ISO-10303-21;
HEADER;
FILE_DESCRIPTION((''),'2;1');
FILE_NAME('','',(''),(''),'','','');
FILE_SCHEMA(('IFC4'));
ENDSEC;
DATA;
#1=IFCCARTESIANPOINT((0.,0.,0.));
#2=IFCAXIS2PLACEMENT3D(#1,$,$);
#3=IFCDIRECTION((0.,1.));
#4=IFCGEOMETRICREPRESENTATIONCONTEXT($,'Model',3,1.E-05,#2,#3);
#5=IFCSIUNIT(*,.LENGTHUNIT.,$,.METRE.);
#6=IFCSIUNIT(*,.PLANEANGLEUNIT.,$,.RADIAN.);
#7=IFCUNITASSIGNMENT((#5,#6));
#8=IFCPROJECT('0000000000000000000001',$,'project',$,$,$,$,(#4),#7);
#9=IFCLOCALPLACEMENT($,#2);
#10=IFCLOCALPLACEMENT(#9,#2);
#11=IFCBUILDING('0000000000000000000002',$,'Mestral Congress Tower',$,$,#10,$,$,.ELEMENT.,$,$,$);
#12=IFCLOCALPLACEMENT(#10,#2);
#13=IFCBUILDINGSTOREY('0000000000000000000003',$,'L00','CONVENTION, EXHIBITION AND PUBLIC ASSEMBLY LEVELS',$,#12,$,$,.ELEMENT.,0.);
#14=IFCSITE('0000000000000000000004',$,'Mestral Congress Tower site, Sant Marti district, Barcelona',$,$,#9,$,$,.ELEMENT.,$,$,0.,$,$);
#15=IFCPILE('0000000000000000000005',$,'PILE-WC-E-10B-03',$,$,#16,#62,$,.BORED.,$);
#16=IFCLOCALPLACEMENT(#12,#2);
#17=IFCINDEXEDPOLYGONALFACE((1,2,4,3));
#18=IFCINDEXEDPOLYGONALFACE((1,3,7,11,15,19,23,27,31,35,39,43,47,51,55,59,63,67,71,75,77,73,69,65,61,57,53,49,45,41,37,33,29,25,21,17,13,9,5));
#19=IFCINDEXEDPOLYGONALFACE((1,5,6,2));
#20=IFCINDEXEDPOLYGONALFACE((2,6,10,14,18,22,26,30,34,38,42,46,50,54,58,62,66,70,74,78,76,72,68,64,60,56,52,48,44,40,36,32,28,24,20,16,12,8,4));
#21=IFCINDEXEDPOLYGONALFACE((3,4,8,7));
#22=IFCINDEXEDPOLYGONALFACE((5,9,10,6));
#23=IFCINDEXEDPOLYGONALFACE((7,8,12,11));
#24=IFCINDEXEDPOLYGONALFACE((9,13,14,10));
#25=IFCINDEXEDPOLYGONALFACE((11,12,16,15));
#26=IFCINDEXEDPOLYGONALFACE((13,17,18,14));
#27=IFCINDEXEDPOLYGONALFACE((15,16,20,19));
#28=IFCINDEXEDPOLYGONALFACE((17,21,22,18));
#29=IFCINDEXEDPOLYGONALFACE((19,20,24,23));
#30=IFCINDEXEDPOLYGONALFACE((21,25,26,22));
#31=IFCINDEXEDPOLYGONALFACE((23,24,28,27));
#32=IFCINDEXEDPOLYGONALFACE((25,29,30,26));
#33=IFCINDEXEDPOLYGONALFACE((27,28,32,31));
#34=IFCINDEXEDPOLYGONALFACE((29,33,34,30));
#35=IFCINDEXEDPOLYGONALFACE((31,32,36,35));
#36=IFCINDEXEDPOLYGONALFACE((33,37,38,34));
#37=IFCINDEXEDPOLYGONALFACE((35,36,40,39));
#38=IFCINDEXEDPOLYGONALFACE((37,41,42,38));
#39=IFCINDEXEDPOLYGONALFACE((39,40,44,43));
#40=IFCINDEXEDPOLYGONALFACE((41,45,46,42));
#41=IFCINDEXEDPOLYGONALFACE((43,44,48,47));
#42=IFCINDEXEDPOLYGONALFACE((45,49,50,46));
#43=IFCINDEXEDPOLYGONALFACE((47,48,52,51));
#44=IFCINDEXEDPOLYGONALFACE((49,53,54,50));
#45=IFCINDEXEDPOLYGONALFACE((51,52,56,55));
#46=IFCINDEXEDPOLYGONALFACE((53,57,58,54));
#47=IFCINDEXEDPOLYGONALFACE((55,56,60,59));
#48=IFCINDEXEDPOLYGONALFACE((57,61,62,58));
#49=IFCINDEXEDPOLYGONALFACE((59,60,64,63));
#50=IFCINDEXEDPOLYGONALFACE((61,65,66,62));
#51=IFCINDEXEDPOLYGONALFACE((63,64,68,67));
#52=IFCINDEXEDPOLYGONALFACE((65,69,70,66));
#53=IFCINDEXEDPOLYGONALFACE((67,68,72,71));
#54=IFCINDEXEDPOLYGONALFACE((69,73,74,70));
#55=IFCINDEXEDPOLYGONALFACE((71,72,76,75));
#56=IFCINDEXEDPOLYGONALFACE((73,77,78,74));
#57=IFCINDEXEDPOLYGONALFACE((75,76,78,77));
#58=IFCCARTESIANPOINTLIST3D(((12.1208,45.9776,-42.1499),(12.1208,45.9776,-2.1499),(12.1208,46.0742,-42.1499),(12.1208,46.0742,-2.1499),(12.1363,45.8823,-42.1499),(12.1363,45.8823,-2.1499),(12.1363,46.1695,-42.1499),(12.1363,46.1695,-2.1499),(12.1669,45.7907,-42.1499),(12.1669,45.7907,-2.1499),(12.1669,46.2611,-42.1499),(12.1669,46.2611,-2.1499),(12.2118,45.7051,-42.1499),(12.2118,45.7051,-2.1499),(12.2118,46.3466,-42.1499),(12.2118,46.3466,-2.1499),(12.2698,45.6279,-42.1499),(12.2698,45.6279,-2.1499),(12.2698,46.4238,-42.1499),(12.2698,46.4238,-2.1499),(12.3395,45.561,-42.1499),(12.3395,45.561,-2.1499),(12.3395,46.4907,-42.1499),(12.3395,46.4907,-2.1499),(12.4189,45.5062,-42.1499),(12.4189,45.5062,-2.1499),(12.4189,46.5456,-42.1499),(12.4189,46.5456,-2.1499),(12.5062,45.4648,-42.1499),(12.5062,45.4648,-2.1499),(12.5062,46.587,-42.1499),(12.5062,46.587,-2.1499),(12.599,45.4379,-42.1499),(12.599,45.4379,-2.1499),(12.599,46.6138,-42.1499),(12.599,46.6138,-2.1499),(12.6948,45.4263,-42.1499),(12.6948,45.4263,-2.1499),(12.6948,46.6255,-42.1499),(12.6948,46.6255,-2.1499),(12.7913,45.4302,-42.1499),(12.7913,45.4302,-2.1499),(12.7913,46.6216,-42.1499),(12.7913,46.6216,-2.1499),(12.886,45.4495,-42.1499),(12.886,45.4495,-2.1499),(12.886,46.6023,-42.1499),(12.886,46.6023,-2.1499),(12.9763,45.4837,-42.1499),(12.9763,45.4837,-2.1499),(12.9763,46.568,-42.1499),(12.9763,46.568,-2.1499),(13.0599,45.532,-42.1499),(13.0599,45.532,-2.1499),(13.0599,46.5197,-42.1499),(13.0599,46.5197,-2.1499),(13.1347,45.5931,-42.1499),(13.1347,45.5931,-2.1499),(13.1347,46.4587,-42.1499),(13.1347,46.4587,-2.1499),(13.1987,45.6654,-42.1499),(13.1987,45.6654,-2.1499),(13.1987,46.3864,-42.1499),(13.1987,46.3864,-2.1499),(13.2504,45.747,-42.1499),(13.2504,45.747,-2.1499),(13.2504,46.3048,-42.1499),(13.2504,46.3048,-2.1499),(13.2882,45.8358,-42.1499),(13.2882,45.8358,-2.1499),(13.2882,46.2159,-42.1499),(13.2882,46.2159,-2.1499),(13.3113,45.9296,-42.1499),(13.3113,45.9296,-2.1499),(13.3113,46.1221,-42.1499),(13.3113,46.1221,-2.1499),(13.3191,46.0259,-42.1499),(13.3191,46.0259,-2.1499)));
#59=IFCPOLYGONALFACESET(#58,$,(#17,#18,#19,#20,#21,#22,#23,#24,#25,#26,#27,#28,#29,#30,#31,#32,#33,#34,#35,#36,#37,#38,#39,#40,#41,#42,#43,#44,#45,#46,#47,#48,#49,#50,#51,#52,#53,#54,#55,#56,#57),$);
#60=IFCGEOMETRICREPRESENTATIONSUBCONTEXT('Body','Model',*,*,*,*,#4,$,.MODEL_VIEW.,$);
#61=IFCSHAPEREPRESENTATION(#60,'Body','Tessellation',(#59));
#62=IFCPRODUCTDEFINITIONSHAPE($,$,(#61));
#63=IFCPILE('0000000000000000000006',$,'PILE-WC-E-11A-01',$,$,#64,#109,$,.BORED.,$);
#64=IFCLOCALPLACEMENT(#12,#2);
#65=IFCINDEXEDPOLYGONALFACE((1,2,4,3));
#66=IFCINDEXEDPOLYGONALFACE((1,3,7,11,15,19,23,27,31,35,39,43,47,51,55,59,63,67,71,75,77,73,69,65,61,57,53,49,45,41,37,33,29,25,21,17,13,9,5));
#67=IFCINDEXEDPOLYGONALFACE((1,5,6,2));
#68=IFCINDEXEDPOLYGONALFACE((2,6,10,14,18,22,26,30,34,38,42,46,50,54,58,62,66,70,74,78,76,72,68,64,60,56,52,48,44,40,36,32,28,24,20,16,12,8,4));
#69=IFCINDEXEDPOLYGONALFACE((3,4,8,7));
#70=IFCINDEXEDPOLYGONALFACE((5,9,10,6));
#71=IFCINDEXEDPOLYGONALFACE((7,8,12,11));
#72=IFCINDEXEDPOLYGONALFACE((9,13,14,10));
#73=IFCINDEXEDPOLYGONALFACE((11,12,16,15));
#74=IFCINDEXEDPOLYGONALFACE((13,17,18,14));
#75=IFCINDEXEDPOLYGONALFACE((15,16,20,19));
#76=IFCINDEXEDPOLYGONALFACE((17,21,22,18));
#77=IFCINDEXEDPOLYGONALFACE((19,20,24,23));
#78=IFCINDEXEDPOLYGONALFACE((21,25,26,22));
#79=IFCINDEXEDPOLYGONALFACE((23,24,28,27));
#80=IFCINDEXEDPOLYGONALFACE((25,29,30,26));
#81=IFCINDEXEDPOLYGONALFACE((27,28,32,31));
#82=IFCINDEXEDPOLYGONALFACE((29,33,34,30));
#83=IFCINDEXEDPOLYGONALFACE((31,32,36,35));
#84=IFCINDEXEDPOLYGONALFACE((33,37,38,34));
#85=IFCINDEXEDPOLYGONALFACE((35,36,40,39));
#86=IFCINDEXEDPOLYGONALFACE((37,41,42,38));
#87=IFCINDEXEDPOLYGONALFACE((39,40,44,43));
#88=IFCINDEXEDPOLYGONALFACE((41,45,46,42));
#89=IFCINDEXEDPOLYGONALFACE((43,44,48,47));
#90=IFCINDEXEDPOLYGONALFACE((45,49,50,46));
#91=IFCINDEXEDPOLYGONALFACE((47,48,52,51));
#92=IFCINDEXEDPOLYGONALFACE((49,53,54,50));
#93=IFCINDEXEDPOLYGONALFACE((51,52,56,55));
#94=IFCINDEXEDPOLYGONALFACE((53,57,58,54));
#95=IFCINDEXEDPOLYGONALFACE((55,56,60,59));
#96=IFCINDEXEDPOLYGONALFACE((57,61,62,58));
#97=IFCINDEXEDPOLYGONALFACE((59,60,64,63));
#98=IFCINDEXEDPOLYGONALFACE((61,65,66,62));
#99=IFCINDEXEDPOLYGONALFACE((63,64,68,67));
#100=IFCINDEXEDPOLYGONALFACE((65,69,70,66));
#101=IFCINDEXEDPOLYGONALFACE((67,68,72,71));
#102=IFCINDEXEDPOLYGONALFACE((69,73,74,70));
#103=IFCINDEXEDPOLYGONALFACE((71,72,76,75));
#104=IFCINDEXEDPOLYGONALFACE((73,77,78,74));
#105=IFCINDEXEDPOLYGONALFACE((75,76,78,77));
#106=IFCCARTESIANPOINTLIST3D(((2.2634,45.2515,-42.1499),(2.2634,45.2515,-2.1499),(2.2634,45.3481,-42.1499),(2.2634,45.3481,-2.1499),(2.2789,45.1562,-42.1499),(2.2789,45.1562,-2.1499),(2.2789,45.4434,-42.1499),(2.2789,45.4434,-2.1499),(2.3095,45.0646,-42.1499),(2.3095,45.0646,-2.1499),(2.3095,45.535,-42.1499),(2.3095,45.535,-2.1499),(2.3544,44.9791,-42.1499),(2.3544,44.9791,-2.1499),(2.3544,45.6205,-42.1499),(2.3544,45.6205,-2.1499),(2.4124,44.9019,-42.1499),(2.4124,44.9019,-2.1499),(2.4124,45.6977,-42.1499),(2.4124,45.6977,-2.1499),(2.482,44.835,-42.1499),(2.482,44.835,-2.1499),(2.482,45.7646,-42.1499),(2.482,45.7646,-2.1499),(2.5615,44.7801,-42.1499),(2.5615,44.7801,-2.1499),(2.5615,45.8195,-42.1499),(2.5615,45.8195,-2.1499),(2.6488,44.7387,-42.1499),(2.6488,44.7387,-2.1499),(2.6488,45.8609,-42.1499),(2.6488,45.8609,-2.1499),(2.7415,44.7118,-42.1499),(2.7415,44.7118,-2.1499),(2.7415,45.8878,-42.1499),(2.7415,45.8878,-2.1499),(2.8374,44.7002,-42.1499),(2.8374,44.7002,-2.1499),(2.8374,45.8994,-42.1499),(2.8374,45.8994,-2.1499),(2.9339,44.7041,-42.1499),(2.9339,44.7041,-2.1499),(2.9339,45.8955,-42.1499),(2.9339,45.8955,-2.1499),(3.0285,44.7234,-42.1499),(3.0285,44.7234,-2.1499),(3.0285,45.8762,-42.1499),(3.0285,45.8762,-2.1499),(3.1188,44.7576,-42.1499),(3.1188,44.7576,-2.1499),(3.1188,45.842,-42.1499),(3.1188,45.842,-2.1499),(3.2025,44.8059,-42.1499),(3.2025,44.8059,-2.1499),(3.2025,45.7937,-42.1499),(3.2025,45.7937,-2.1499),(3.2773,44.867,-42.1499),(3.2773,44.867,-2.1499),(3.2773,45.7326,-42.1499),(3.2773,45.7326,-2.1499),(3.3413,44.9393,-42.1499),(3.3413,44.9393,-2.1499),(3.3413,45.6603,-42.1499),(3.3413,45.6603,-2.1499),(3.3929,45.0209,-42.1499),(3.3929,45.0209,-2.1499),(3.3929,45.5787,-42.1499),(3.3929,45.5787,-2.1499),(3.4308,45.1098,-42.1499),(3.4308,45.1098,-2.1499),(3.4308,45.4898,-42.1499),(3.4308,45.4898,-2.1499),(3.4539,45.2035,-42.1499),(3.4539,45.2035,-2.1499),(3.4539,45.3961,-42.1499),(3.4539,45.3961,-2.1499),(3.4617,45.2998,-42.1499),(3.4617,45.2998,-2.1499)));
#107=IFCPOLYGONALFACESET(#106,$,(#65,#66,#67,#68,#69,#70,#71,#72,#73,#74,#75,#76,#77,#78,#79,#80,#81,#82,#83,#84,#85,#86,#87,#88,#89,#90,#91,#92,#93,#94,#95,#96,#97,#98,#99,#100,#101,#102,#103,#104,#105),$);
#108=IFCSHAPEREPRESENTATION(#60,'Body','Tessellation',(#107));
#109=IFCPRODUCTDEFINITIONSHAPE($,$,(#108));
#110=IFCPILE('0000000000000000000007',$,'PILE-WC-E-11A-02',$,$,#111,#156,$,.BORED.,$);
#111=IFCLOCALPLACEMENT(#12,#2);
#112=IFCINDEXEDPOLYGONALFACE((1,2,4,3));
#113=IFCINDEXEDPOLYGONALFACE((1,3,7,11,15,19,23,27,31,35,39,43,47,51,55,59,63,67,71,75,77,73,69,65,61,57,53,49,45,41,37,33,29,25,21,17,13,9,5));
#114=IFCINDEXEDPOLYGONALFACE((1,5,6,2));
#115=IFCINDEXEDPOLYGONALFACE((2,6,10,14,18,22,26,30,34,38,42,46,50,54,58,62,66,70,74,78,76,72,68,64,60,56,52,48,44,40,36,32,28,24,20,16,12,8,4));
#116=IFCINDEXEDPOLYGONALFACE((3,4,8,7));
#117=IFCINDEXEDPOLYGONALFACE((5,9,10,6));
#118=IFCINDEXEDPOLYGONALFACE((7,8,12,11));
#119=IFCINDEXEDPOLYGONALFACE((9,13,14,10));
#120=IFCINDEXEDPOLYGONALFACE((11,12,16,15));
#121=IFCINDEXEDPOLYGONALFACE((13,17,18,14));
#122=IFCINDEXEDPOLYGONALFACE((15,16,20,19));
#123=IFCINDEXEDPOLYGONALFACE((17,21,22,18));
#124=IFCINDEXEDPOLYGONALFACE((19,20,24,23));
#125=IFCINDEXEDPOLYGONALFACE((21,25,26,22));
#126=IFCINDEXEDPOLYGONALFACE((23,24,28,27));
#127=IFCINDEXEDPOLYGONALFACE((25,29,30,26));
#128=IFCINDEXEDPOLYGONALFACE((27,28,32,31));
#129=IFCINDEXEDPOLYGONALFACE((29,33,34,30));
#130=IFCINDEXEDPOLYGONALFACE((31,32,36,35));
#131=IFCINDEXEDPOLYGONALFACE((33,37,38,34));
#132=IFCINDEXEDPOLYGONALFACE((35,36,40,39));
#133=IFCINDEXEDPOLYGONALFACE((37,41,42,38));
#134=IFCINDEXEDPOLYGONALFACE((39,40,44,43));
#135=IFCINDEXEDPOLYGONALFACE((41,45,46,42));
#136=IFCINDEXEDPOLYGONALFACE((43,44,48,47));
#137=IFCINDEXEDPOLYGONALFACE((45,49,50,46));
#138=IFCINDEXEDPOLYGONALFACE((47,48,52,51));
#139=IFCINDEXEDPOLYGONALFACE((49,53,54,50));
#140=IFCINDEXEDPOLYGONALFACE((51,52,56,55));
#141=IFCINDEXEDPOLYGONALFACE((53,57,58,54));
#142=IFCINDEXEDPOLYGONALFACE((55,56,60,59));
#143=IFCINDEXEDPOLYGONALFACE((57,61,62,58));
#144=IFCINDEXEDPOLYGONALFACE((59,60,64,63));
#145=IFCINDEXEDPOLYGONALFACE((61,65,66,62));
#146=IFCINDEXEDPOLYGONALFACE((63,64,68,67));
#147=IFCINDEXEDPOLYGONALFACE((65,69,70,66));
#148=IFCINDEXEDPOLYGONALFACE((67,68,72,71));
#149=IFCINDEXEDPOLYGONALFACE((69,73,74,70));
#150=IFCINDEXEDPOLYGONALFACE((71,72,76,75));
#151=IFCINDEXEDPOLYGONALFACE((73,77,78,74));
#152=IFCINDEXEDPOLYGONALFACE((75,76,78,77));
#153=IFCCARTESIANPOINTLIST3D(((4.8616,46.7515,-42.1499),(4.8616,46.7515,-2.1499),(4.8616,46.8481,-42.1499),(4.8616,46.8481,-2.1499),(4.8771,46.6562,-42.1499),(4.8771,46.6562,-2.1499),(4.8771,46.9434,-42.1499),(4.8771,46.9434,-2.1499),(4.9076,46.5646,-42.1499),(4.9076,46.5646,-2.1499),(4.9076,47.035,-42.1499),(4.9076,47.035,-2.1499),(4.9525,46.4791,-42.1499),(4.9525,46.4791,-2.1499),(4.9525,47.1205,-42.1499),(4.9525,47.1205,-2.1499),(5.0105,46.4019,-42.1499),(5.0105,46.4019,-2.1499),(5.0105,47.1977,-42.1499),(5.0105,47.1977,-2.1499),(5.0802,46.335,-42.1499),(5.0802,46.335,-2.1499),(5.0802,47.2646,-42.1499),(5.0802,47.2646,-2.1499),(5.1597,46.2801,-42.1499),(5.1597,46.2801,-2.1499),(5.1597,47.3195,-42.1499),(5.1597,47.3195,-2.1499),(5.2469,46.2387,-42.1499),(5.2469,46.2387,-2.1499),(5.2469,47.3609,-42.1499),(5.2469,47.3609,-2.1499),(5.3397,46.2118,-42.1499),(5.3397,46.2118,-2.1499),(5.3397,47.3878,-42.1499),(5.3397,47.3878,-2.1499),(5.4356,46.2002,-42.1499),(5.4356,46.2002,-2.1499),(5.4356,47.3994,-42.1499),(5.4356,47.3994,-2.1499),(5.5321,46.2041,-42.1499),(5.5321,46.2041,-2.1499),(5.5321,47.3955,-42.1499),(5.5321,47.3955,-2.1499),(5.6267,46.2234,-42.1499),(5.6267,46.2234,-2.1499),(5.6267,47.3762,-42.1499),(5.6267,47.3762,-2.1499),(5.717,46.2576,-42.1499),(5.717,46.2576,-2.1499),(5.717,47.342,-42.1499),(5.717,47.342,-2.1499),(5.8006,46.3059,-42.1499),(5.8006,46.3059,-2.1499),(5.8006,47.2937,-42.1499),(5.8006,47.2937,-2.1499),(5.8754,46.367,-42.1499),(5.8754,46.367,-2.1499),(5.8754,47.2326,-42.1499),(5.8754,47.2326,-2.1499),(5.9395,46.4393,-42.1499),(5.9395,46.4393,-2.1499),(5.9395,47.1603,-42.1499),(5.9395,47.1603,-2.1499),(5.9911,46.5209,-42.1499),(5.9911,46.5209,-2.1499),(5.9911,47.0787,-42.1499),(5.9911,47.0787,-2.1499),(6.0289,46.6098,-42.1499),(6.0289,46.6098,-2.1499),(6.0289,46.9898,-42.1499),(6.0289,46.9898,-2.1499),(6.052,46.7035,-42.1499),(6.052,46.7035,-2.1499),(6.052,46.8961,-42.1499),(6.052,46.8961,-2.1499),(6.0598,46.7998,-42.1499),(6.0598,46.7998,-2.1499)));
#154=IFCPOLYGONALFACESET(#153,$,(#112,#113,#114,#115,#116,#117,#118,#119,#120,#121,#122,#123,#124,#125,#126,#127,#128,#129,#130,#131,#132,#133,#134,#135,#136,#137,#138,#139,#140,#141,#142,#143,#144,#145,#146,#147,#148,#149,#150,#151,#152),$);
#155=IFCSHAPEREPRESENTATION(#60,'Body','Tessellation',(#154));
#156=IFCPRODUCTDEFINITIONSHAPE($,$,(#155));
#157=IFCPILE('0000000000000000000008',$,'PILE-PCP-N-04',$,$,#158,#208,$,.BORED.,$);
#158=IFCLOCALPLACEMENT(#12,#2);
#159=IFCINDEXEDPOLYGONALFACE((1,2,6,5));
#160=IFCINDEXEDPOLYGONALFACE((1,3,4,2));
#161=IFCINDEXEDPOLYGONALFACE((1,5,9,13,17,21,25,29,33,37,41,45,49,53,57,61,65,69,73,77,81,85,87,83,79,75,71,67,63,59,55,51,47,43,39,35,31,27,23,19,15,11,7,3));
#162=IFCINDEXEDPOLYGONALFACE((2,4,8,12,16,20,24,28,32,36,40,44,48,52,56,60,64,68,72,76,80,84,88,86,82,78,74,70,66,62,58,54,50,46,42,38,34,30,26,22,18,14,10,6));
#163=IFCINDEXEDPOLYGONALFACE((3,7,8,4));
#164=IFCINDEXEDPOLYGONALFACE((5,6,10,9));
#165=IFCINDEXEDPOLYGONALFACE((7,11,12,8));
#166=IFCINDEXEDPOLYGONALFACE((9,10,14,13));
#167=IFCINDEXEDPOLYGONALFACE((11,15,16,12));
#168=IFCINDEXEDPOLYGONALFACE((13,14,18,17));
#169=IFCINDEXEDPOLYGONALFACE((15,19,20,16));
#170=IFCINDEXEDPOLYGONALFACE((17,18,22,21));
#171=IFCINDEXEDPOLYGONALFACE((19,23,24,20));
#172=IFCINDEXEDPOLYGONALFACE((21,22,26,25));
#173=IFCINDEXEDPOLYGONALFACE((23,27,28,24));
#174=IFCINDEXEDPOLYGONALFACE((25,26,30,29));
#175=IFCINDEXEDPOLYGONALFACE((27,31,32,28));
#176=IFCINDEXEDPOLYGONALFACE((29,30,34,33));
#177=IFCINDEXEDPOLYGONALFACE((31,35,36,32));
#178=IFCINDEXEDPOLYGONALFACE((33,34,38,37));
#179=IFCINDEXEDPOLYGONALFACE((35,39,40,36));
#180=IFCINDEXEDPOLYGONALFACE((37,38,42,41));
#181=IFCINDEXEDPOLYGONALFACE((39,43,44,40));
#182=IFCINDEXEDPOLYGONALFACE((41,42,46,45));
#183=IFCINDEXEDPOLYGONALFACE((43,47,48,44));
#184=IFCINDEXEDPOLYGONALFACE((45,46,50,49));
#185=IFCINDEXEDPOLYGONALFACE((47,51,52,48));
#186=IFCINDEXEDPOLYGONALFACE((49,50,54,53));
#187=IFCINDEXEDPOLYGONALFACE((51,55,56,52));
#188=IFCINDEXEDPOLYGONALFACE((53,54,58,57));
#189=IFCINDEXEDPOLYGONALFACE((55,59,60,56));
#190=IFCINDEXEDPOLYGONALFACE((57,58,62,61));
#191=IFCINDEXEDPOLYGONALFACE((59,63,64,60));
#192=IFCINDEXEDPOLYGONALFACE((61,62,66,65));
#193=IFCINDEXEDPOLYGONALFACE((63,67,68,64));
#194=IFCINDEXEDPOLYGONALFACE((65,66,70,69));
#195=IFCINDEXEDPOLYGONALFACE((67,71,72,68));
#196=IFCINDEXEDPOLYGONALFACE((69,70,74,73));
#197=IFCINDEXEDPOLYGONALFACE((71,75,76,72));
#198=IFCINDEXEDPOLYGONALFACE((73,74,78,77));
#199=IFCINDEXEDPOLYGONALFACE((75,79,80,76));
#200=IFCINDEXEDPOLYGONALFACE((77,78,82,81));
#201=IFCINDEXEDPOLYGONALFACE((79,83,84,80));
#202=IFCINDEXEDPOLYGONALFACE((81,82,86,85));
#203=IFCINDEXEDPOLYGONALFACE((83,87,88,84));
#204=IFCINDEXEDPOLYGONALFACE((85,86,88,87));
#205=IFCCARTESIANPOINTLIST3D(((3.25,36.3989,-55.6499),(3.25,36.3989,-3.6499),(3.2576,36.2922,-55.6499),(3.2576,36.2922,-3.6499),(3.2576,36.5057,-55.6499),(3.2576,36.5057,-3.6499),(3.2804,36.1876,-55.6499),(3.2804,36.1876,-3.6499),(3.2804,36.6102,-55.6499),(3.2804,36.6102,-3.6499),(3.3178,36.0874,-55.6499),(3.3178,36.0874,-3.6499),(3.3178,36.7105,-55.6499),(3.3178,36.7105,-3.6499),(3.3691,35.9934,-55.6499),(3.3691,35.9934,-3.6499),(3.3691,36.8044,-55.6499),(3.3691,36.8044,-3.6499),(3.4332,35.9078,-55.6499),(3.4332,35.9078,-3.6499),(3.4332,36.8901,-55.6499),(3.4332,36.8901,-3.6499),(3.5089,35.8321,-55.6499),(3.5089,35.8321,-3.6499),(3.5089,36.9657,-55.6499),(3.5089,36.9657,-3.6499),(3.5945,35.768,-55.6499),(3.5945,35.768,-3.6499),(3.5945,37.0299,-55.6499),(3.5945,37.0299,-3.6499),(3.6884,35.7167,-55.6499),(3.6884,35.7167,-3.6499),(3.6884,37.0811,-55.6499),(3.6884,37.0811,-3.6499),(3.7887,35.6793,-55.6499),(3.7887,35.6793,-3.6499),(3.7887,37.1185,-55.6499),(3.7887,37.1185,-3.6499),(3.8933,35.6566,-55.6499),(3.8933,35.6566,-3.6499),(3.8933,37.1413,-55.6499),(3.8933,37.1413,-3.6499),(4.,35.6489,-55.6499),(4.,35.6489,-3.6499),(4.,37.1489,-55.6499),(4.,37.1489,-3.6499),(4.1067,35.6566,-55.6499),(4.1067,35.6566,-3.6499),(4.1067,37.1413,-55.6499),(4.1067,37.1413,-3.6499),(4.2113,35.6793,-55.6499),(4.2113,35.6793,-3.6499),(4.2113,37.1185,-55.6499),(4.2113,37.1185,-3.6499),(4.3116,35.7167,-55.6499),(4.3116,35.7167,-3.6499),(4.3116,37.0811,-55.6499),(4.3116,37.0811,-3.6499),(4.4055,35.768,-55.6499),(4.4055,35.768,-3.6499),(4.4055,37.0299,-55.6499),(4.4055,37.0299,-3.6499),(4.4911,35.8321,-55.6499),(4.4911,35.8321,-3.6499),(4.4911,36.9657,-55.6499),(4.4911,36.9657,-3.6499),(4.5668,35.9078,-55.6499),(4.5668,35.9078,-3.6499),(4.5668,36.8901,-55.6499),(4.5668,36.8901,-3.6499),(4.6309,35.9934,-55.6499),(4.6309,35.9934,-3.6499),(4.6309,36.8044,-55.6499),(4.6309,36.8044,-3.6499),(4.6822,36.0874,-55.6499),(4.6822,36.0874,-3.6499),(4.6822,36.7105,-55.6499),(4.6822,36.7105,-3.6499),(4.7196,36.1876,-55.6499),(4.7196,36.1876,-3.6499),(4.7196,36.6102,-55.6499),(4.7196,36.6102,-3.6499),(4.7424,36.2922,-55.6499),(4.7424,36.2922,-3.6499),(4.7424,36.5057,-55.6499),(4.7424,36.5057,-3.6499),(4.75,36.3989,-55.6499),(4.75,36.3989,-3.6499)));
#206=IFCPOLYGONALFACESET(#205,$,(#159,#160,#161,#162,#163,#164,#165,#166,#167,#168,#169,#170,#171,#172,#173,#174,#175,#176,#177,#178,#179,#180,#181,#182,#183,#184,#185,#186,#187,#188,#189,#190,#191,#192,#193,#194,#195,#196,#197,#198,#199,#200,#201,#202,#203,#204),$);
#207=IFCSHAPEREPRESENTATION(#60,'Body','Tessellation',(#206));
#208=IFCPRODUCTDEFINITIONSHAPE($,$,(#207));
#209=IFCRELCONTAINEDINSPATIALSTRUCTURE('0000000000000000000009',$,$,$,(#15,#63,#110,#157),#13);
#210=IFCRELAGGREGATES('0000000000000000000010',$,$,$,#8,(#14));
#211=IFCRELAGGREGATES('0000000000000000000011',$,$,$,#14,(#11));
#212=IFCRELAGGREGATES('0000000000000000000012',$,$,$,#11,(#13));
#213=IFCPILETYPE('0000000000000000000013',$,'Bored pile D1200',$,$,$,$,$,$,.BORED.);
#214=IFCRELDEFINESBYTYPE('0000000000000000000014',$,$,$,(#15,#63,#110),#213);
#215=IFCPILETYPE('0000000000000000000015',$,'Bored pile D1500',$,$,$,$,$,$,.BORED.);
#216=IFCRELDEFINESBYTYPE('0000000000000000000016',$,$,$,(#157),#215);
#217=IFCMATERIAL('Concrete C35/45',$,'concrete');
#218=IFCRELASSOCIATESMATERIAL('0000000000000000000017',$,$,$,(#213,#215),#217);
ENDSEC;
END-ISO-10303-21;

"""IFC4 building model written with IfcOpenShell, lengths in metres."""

from ifc_helpers import new_model, si_unit, direction, frame, origin, origin_2d, place, context, subcontext, project, spatial, circle, extrude, material, material_profile, profile_set, type_object, element, save


model = new_model("IFC4")

# Units and contexts
model_context = context("Model", 3, precision=1e-05, world=origin(), true_north=direction((0.0, 1.0)))
body_context = subcontext(model_context, "Body", "Model", "MODEL_VIEW")
ifc_project = project(units=[si_unit("LENGTHUNIT", "METRE"), si_unit("PLANEANGLEUNIT", "RADIAN")], contexts=[model_context])

# Site, building, storey
site_placement = place(None, origin())
site = spatial("IfcSite", under=ifc_project, at=site_placement, Name="Mestral Congress Tower site, Sant Marti district, Barcelona", CompositionType="ELEMENT", RefElevation=0.0)
building_placement = place(site_placement, origin())
building = spatial("IfcBuilding", under=site, at=building_placement, Name="Mestral Congress Tower", CompositionType="ELEMENT")
storey_placement = place(building_placement, origin())
storey = spatial("IfcBuildingStorey", under=building, at=storey_placement, Name="L00", Description="CONVENTION, EXHIBITION AND PUBLIC ASSEMBLY LEVELS", CompositionType="ELEMENT", Elevation=0.0)

# Piles
ifc_material_1 = material(Name="Concrete C35/45", Category="concrete")
ifc_material_profile_1 = material_profile(ifc_material_1, circle(Radius=0.6001, at=origin_2d()), Name="D1200")
ifc_profile_set_1 = profile_set([ifc_material_profile_1], Name="Concrete C35/45")
pile_type_1 = type_object("IfcPileType", Name="Bored pile D1200", PredefinedType="BORED", material=ifc_profile_set_1)
for number, where, z_axis, x_axis, name in (
    (1, (12.719, 46.0259, -2.1499), (0.0, 0.0, -1.0), (1.0, 0.0, 0.0), "PILE-WC-E-10B-03"),
    (2, (2.8616, 45.2998, -2.1499), (0.0, 0.0, -1.0), (1.0, 0.0, 0.0), "PILE-WC-E-11A-01"),
    (3, (5.4597, 46.7998, -2.1499), (0.0, 0.0, -1.0), (1.0, 0.0, 0.0), "PILE-WC-E-11A-02"),
):
    element("IfcPile", number, at=place(storey_placement, frame(where, z_axis=z_axis, x_axis=x_axis)), inside=storey, type_object=pile_type_1, Name=name, PredefinedType="BORED", context=body_context, shape_type="SweptSolid", body=[
        extrude(circle(Radius=0.6001, at=origin_2d()), origin(), (0.0, 0.0, 1.0), 40.0),
    ])
ifc_material_profile_2 = material_profile(ifc_material_1, circle(Radius=0.75, at=origin_2d()), Name="D1500")
ifc_profile_set_2 = profile_set([ifc_material_profile_2], Name="Concrete C35/45")
pile_type_2 = type_object("IfcPileType", Name="Bored pile D1500", PredefinedType="BORED", material=ifc_profile_set_2)
for number, where, z_axis, x_axis, name in (
    (4, (4.0, 36.3989, -3.6499), (0.0, 0.0, -1.0), (1.0, 0.0, 0.0), "PILE-PCP-N-04"),
):
    element("IfcPile", number, at=place(storey_placement, frame(where, z_axis=z_axis, x_axis=x_axis)), inside=storey, type_object=pile_type_2, Name=name, PredefinedType="BORED", context=body_context, shape_type="SweptSolid", body=[
        extrude(circle(Radius=0.75, at=origin_2d()), origin(), (0.0, 0.0, 1.0), 52.0),
    ])

save(model, "model.ifc")
